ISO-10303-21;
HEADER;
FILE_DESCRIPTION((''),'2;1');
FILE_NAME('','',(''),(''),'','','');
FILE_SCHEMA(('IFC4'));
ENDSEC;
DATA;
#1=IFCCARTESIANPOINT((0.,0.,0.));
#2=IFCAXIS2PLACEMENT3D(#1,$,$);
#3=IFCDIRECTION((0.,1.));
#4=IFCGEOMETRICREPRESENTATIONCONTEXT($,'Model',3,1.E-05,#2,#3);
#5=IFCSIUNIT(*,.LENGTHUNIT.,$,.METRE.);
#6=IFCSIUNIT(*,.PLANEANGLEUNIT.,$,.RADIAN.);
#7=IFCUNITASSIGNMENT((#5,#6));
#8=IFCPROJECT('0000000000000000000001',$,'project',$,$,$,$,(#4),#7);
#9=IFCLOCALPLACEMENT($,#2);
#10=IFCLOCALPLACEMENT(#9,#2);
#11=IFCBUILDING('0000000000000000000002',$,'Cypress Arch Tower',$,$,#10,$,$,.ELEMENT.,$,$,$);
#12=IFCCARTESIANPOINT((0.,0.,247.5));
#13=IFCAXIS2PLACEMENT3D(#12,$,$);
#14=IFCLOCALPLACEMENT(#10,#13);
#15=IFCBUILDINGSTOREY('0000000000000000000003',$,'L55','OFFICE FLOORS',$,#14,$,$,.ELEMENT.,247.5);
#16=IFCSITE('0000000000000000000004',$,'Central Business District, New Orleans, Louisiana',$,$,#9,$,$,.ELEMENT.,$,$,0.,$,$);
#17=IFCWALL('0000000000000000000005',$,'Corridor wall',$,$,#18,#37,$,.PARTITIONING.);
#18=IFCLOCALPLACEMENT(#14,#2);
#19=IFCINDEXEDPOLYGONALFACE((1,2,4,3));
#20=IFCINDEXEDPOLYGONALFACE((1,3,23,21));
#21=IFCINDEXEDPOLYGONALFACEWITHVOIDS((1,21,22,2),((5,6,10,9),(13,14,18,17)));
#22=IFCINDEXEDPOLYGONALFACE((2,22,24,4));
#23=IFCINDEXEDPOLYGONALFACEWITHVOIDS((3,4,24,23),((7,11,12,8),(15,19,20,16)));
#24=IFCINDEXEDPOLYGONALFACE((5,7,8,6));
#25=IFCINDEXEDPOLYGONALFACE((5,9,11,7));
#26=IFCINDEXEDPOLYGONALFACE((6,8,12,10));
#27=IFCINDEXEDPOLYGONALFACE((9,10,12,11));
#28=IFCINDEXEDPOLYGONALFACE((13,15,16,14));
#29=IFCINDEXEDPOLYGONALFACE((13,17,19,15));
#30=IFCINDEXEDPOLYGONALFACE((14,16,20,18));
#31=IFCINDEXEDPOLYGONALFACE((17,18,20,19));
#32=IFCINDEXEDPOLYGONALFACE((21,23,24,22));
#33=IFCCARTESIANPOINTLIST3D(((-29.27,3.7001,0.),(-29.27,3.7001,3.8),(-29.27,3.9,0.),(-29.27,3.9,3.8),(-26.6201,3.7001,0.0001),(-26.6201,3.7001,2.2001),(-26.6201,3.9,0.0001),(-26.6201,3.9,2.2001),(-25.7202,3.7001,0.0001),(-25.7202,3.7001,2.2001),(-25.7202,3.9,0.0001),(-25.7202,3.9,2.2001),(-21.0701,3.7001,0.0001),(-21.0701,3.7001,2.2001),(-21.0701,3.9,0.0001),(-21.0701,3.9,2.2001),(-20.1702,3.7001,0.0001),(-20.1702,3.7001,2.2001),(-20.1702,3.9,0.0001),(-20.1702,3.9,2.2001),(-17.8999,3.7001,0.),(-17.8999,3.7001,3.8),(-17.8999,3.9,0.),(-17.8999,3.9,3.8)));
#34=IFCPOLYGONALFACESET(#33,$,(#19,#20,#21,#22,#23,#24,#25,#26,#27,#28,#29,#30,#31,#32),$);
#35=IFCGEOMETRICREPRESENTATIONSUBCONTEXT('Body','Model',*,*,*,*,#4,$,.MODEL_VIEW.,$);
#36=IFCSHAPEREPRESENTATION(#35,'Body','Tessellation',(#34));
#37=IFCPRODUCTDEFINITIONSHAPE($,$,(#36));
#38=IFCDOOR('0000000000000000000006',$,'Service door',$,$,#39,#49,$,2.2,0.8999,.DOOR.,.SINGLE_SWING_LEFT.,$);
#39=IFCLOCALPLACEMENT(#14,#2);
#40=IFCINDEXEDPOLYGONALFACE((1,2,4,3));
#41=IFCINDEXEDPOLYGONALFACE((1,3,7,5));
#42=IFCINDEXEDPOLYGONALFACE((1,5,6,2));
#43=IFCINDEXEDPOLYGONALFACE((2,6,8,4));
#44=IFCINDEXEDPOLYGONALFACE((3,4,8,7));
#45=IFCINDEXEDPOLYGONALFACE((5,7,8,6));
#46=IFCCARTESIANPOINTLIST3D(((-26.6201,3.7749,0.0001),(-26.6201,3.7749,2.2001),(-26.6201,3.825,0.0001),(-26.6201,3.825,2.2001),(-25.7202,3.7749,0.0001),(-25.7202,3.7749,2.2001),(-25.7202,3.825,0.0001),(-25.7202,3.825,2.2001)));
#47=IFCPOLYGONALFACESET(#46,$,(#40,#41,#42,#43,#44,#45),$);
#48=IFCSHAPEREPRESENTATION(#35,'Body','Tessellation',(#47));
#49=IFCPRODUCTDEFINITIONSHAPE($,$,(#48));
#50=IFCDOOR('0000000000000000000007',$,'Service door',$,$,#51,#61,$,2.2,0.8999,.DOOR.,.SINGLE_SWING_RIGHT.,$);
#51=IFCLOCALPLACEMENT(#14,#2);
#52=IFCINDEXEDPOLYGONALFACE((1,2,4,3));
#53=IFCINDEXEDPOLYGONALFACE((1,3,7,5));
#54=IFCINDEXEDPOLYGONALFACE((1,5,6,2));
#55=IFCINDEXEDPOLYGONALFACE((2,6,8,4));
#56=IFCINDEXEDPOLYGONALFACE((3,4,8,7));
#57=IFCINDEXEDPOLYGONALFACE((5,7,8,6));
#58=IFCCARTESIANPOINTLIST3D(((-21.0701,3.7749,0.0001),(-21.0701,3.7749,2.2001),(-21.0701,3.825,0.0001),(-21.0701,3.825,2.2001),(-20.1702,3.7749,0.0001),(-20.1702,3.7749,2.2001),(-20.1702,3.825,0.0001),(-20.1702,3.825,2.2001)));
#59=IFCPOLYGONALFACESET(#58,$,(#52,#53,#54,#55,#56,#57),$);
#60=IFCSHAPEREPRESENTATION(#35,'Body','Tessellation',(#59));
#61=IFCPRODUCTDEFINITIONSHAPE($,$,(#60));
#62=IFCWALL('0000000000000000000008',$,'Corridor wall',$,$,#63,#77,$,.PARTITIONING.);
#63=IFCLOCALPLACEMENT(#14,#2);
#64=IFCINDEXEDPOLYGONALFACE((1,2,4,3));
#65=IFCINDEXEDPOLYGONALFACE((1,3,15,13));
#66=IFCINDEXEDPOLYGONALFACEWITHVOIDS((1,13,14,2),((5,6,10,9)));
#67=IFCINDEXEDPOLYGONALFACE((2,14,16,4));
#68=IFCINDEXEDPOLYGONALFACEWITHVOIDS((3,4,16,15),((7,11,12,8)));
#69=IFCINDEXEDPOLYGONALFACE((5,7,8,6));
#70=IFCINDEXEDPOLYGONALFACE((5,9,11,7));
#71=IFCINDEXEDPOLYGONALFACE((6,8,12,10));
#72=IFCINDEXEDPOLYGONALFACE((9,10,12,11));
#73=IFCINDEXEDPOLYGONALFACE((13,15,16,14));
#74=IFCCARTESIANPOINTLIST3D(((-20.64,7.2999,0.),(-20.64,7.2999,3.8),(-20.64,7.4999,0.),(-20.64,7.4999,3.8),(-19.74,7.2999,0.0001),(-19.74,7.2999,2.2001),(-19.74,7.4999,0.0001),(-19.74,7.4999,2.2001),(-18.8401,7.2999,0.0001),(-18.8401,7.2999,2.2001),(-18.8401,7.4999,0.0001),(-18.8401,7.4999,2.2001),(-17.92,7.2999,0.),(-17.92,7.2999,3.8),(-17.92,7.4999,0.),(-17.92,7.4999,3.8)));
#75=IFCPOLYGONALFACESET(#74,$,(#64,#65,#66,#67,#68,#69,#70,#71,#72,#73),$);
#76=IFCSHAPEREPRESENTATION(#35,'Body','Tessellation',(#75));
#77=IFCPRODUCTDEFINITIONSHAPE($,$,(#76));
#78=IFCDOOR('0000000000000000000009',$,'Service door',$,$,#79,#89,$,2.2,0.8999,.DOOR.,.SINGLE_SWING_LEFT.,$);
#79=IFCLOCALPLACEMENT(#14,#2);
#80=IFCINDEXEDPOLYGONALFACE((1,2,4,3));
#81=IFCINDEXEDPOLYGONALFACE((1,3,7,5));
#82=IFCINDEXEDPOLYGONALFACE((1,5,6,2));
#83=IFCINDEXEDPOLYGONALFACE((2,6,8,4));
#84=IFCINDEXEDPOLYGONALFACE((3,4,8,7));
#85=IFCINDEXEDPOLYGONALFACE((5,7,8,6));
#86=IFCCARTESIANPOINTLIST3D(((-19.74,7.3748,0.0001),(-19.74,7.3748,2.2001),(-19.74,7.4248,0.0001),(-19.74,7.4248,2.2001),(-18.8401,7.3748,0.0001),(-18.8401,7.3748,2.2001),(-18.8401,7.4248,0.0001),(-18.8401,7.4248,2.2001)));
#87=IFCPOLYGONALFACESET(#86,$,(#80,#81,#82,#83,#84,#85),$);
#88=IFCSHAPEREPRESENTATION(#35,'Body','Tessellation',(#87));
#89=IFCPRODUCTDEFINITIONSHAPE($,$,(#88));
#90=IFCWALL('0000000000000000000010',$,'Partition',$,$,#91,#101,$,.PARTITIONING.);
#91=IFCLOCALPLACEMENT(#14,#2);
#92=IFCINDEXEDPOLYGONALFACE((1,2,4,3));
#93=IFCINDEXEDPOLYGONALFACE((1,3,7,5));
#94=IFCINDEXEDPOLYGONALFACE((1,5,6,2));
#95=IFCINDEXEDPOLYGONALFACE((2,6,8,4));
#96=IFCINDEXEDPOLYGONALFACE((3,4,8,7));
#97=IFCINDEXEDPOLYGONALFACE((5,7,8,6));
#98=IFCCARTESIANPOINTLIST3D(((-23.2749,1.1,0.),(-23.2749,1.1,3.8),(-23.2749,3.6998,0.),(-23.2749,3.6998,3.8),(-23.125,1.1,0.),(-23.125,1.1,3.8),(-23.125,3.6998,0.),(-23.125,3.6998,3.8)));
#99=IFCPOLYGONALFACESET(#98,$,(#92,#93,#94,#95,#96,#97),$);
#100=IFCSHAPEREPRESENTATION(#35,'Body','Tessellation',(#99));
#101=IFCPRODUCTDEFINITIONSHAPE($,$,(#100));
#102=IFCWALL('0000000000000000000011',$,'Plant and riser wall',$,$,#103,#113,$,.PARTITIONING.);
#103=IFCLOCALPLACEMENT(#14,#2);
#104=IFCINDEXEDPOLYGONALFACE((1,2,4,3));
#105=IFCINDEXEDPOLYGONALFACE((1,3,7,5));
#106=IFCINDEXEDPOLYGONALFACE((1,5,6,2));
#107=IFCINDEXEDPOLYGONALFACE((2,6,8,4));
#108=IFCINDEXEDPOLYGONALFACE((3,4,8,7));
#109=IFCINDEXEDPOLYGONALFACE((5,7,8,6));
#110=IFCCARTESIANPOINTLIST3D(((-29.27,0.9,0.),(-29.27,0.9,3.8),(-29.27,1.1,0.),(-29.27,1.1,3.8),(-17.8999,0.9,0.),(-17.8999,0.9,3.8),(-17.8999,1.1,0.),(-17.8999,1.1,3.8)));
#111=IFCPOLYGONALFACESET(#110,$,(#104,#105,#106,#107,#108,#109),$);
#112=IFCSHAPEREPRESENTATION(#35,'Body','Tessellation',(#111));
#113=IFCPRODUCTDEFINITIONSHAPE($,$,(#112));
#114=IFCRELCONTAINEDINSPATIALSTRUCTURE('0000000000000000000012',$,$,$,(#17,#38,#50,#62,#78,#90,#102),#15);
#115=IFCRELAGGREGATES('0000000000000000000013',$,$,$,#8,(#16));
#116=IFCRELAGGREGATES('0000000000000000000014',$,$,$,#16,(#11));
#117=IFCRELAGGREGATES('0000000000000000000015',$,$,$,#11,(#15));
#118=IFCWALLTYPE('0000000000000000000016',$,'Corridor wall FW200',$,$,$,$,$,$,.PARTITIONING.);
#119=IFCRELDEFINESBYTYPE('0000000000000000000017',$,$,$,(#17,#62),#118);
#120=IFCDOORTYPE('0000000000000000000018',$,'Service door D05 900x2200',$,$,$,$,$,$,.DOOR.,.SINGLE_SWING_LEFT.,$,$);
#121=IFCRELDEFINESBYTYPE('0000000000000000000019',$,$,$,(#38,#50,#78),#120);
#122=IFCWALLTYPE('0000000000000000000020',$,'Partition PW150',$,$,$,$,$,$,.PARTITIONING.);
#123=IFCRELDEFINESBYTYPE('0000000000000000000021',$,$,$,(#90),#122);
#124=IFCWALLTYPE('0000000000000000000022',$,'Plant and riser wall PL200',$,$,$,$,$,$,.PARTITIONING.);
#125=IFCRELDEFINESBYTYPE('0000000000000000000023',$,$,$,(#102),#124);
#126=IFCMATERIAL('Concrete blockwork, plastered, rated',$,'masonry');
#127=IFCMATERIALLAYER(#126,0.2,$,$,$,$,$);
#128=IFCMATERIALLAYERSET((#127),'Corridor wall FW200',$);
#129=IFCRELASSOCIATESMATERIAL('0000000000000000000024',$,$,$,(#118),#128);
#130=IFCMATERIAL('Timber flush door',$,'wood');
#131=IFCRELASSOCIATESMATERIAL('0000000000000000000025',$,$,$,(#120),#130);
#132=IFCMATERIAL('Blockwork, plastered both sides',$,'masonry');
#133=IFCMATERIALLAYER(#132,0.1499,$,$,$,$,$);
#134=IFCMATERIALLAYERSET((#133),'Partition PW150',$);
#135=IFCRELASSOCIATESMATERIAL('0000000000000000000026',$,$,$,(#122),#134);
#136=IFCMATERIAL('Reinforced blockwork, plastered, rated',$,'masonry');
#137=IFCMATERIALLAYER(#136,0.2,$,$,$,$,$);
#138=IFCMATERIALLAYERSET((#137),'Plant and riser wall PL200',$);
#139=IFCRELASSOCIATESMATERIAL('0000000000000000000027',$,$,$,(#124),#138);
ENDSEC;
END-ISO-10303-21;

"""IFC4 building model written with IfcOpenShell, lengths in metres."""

from ifc_helpers import new_model, si_unit, direction, frame, frame_2d, origin, place, context, subcontext, project, spatial, rectangle, extrude, material, layer, layer_set, type_object, element, fill, save


model = new_model("IFC4")

# Units and contexts
model_context = context("Model", 3, precision=1e-05, world=origin(), true_north=direction((0.0, 1.0)))
body_context = subcontext(model_context, "Body", "Model", "MODEL_VIEW")
ifc_project = project(units=[si_unit("LENGTHUNIT", "METRE"), si_unit("PLANEANGLEUNIT", "RADIAN")], contexts=[model_context])

# Site, building, storey
site_placement = place(None, origin())
site = spatial("IfcSite", under=ifc_project, at=site_placement, Name="Central Business District, New Orleans, Louisiana", CompositionType="ELEMENT", RefElevation=0.0)
building_placement = place(site_placement, origin())
building = spatial("IfcBuilding", under=site, at=building_placement, Name="Cypress Arch Tower", CompositionType="ELEMENT")
storey_placement = place(building_placement, frame((0.0, 0.0, 247.5)))
storey = spatial("IfcBuildingStorey", under=building, at=storey_placement, Name="L55", Description="OFFICE FLOORS", CompositionType="ELEMENT", Elevation=247.5)

# Wall, openings, doors
ifc_material_1 = material(Name="Concrete blockwork, plastered, rated", Category="masonry")
ifc_layer_1 = layer(ifc_material_1, 0.2)
ifc_layer_set_1 = layer_set([ifc_layer_1], Name="Corridor wall FW200")
wall_type_1 = type_object("IfcWallType", Name="Corridor wall FW200", PredefinedType="PARTITIONING", material=ifc_layer_set_1)
wall_1_placement = place(storey_placement, frame((-29.27, 3.8, 0.0), z_axis=(0.0, 0.0, 1.0), x_axis=(1.0, 0.0, 0.0)))
wall_1 = element("IfcWall", 1, at=wall_1_placement, inside=storey, type_object=wall_type_1, Name="Corridor wall", PredefinedType="PARTITIONING", context=body_context, shape_type="SweptSolid", body=[
    extrude(rectangle(XDim=11.3701, YDim=0.2, at=frame_2d((5.6851, 0.0))), origin(), (0.0, 0.0, 1.0), 3.8),
])
opening_1_placement = place(wall_1_placement, frame((2.6499, 0.0, 0.0)))
opening_1 = element("IfcOpeningElement", 2, at=opening_1_placement, cuts=wall_1, PredefinedType="OPENING", context=body_context, shape_type="SweptSolid", body=[
    extrude(rectangle(XDim=0.8999, YDim=2.2, at=frame_2d((0.45, 1.1001))), frame((0.0, 0.1099, 0.0), z_axis=(0.0, -1.0, 0.0), x_axis=(1.0, 0.0, 0.0)), (0.0, 0.0, 1.0), 0.22),
])
opening_2_placement = place(wall_1_placement, frame((8.2, 0.0, 0.0)))
opening_2 = element("IfcOpeningElement", 3, at=opening_2_placement, cuts=wall_1, PredefinedType="OPENING", context=body_context, shape_type="SweptSolid", body=[
    extrude(rectangle(XDim=0.8999, YDim=2.2, at=frame_2d((0.45, 1.1001))), frame((0.0, 0.1099, 0.0), z_axis=(0.0, -1.0, 0.0), x_axis=(1.0, 0.0, 0.0)), (0.0, 0.0, 1.0), 0.22),
])
ifc_material_2 = material(Name="Timber flush door", Category="wood")
door_type_1 = type_object("IfcDoorType", Name="Service door D05 900x2200", OperationType="SINGLE_SWING_LEFT", PredefinedType="DOOR", material=ifc_material_2)
door_1_placement = place(opening_1_placement, origin())
door_1 = element("IfcDoor", 4, at=door_1_placement, inside=storey, type_object=door_type_1, Name="Service door", OperationType="SINGLE_SWING_LEFT", OverallHeight=2.2, OverallWidth=0.8999, PredefinedType="DOOR", context=body_context, shape_type="SweptSolid", body=[
    extrude(rectangle(XDim=0.8999, YDim=2.2, at=frame_2d((0.45, 1.1001))), frame((0.0, 0.0249, 0.0), z_axis=(0.0, -1.0, 0.0), x_axis=(1.0, 0.0, 0.0)), (0.0, 0.0, 1.0), 0.05),
])
fill(opening_1, door_1)
door_2_placement = place(opening_2_placement, origin())
door_2 = element("IfcDoor", 5, at=door_2_placement, inside=storey, type_object=door_type_1, Name="Service door", OperationType="SINGLE_SWING_RIGHT", OverallHeight=2.2, OverallWidth=0.8999, PredefinedType="DOOR", context=body_context, shape_type="SweptSolid", body=[
    extrude(rectangle(XDim=0.8999, YDim=2.2, at=frame_2d((0.45, 1.1001))), frame((0.0, 0.0249, 0.0), z_axis=(0.0, -1.0, 0.0), x_axis=(1.0, 0.0, 0.0)), (0.0, 0.0, 1.0), 0.05),
])
fill(opening_2, door_2)

# Wall, opening, door
wall_2_placement = place(storey_placement, frame((-20.6399, 7.3999, 0.0), z_axis=(0.0, 0.0, 1.0), x_axis=(1.0, 0.0, 0.0)))
wall_2 = element("IfcWall", 6, at=wall_2_placement, inside=storey, type_object=wall_type_1, Name="Corridor wall", PredefinedType="PARTITIONING", context=body_context, shape_type="SweptSolid", body=[
    extrude(rectangle(XDim=2.72, YDim=0.2, at=frame_2d((1.3599, 0.0))), origin(), (0.0, 0.0, 1.0), 3.8),
])
opening_3_placement = place(wall_2_placement, frame((0.8999, 0.0, 0.0)))
opening_3 = element("IfcOpeningElement", 7, at=opening_3_placement, cuts=wall_2, PredefinedType="OPENING", context=body_context, shape_type="SweptSolid", body=[
    extrude(rectangle(XDim=0.8999, YDim=2.2, at=frame_2d((0.45, 1.1001))), frame((0.0, 0.1099, 0.0), z_axis=(0.0, -1.0, 0.0), x_axis=(1.0, 0.0, 0.0)), (0.0, 0.0, 1.0), 0.22),
])
door_3_placement = place(opening_3_placement, origin())
door_3 = element("IfcDoor", 8, at=door_3_placement, inside=storey, type_object=door_type_1, Name="Service door", OperationType="SINGLE_SWING_LEFT", OverallHeight=2.2, OverallWidth=0.8999, PredefinedType="DOOR", context=body_context, shape_type="SweptSolid", body=[
    extrude(rectangle(XDim=0.8999, YDim=2.2, at=frame_2d((0.45, 1.1001))), frame((0.0, 0.0249, 0.0), z_axis=(0.0, -1.0, 0.0), x_axis=(1.0, 0.0, 0.0)), (0.0, 0.0, 1.0), 0.05),
])
fill(opening_3, door_3)

# Walls
ifc_material_3 = material(Name="Blockwork, plastered both sides", Category="masonry")
ifc_layer_2 = layer(ifc_material_3, 0.1499)
ifc_layer_set_2 = layer_set([ifc_layer_2], Name="Partition PW150")
wall_type_2 = type_object("IfcWallType", Name="Partition PW150", PredefinedType="PARTITIONING", material=ifc_layer_set_2)
wall_3_placement = place(storey_placement, frame((-23.2, 1.1001, 0.0), z_axis=(0.0, 0.0, 1.0), x_axis=(0.0, 1.0, 0.0)))
element("IfcWall", 9, at=wall_3_placement, inside=storey, type_object=wall_type_2, Name="Partition", PredefinedType="PARTITIONING", context=body_context, shape_type="SweptSolid", body=[
    extrude(rectangle(XDim=2.5999, YDim=0.1499, at=frame_2d((1.2998, 0.0))), origin(), (0.0, 0.0, 1.0), 3.8),
])
ifc_material_4 = material(Name="Reinforced blockwork, plastered, rated", Category="masonry")
ifc_layer_3 = layer(ifc_material_4, 0.2)
ifc_layer_set_3 = layer_set([ifc_layer_3], Name="Plant and riser wall PL200")
wall_type_3 = type_object("IfcWallType", Name="Plant and riser wall PL200", PredefinedType="PARTITIONING", material=ifc_layer_set_3)
wall_4_placement = place(storey_placement, frame((-29.27, 1.0, 0.0), z_axis=(0.0, 0.0, 1.0), x_axis=(1.0, 0.0, 0.0)))
element("IfcWall", 10, at=wall_4_placement, inside=storey, type_object=wall_type_3, Name="Plant and riser wall", PredefinedType="PARTITIONING", context=body_context, shape_type="SweptSolid", body=[
    extrude(rectangle(XDim=11.3701, YDim=0.2, at=frame_2d((5.6851, 0.0))), origin(), (0.0, 0.0, 1.0), 3.8),
])

save(model, "model.ifc")
